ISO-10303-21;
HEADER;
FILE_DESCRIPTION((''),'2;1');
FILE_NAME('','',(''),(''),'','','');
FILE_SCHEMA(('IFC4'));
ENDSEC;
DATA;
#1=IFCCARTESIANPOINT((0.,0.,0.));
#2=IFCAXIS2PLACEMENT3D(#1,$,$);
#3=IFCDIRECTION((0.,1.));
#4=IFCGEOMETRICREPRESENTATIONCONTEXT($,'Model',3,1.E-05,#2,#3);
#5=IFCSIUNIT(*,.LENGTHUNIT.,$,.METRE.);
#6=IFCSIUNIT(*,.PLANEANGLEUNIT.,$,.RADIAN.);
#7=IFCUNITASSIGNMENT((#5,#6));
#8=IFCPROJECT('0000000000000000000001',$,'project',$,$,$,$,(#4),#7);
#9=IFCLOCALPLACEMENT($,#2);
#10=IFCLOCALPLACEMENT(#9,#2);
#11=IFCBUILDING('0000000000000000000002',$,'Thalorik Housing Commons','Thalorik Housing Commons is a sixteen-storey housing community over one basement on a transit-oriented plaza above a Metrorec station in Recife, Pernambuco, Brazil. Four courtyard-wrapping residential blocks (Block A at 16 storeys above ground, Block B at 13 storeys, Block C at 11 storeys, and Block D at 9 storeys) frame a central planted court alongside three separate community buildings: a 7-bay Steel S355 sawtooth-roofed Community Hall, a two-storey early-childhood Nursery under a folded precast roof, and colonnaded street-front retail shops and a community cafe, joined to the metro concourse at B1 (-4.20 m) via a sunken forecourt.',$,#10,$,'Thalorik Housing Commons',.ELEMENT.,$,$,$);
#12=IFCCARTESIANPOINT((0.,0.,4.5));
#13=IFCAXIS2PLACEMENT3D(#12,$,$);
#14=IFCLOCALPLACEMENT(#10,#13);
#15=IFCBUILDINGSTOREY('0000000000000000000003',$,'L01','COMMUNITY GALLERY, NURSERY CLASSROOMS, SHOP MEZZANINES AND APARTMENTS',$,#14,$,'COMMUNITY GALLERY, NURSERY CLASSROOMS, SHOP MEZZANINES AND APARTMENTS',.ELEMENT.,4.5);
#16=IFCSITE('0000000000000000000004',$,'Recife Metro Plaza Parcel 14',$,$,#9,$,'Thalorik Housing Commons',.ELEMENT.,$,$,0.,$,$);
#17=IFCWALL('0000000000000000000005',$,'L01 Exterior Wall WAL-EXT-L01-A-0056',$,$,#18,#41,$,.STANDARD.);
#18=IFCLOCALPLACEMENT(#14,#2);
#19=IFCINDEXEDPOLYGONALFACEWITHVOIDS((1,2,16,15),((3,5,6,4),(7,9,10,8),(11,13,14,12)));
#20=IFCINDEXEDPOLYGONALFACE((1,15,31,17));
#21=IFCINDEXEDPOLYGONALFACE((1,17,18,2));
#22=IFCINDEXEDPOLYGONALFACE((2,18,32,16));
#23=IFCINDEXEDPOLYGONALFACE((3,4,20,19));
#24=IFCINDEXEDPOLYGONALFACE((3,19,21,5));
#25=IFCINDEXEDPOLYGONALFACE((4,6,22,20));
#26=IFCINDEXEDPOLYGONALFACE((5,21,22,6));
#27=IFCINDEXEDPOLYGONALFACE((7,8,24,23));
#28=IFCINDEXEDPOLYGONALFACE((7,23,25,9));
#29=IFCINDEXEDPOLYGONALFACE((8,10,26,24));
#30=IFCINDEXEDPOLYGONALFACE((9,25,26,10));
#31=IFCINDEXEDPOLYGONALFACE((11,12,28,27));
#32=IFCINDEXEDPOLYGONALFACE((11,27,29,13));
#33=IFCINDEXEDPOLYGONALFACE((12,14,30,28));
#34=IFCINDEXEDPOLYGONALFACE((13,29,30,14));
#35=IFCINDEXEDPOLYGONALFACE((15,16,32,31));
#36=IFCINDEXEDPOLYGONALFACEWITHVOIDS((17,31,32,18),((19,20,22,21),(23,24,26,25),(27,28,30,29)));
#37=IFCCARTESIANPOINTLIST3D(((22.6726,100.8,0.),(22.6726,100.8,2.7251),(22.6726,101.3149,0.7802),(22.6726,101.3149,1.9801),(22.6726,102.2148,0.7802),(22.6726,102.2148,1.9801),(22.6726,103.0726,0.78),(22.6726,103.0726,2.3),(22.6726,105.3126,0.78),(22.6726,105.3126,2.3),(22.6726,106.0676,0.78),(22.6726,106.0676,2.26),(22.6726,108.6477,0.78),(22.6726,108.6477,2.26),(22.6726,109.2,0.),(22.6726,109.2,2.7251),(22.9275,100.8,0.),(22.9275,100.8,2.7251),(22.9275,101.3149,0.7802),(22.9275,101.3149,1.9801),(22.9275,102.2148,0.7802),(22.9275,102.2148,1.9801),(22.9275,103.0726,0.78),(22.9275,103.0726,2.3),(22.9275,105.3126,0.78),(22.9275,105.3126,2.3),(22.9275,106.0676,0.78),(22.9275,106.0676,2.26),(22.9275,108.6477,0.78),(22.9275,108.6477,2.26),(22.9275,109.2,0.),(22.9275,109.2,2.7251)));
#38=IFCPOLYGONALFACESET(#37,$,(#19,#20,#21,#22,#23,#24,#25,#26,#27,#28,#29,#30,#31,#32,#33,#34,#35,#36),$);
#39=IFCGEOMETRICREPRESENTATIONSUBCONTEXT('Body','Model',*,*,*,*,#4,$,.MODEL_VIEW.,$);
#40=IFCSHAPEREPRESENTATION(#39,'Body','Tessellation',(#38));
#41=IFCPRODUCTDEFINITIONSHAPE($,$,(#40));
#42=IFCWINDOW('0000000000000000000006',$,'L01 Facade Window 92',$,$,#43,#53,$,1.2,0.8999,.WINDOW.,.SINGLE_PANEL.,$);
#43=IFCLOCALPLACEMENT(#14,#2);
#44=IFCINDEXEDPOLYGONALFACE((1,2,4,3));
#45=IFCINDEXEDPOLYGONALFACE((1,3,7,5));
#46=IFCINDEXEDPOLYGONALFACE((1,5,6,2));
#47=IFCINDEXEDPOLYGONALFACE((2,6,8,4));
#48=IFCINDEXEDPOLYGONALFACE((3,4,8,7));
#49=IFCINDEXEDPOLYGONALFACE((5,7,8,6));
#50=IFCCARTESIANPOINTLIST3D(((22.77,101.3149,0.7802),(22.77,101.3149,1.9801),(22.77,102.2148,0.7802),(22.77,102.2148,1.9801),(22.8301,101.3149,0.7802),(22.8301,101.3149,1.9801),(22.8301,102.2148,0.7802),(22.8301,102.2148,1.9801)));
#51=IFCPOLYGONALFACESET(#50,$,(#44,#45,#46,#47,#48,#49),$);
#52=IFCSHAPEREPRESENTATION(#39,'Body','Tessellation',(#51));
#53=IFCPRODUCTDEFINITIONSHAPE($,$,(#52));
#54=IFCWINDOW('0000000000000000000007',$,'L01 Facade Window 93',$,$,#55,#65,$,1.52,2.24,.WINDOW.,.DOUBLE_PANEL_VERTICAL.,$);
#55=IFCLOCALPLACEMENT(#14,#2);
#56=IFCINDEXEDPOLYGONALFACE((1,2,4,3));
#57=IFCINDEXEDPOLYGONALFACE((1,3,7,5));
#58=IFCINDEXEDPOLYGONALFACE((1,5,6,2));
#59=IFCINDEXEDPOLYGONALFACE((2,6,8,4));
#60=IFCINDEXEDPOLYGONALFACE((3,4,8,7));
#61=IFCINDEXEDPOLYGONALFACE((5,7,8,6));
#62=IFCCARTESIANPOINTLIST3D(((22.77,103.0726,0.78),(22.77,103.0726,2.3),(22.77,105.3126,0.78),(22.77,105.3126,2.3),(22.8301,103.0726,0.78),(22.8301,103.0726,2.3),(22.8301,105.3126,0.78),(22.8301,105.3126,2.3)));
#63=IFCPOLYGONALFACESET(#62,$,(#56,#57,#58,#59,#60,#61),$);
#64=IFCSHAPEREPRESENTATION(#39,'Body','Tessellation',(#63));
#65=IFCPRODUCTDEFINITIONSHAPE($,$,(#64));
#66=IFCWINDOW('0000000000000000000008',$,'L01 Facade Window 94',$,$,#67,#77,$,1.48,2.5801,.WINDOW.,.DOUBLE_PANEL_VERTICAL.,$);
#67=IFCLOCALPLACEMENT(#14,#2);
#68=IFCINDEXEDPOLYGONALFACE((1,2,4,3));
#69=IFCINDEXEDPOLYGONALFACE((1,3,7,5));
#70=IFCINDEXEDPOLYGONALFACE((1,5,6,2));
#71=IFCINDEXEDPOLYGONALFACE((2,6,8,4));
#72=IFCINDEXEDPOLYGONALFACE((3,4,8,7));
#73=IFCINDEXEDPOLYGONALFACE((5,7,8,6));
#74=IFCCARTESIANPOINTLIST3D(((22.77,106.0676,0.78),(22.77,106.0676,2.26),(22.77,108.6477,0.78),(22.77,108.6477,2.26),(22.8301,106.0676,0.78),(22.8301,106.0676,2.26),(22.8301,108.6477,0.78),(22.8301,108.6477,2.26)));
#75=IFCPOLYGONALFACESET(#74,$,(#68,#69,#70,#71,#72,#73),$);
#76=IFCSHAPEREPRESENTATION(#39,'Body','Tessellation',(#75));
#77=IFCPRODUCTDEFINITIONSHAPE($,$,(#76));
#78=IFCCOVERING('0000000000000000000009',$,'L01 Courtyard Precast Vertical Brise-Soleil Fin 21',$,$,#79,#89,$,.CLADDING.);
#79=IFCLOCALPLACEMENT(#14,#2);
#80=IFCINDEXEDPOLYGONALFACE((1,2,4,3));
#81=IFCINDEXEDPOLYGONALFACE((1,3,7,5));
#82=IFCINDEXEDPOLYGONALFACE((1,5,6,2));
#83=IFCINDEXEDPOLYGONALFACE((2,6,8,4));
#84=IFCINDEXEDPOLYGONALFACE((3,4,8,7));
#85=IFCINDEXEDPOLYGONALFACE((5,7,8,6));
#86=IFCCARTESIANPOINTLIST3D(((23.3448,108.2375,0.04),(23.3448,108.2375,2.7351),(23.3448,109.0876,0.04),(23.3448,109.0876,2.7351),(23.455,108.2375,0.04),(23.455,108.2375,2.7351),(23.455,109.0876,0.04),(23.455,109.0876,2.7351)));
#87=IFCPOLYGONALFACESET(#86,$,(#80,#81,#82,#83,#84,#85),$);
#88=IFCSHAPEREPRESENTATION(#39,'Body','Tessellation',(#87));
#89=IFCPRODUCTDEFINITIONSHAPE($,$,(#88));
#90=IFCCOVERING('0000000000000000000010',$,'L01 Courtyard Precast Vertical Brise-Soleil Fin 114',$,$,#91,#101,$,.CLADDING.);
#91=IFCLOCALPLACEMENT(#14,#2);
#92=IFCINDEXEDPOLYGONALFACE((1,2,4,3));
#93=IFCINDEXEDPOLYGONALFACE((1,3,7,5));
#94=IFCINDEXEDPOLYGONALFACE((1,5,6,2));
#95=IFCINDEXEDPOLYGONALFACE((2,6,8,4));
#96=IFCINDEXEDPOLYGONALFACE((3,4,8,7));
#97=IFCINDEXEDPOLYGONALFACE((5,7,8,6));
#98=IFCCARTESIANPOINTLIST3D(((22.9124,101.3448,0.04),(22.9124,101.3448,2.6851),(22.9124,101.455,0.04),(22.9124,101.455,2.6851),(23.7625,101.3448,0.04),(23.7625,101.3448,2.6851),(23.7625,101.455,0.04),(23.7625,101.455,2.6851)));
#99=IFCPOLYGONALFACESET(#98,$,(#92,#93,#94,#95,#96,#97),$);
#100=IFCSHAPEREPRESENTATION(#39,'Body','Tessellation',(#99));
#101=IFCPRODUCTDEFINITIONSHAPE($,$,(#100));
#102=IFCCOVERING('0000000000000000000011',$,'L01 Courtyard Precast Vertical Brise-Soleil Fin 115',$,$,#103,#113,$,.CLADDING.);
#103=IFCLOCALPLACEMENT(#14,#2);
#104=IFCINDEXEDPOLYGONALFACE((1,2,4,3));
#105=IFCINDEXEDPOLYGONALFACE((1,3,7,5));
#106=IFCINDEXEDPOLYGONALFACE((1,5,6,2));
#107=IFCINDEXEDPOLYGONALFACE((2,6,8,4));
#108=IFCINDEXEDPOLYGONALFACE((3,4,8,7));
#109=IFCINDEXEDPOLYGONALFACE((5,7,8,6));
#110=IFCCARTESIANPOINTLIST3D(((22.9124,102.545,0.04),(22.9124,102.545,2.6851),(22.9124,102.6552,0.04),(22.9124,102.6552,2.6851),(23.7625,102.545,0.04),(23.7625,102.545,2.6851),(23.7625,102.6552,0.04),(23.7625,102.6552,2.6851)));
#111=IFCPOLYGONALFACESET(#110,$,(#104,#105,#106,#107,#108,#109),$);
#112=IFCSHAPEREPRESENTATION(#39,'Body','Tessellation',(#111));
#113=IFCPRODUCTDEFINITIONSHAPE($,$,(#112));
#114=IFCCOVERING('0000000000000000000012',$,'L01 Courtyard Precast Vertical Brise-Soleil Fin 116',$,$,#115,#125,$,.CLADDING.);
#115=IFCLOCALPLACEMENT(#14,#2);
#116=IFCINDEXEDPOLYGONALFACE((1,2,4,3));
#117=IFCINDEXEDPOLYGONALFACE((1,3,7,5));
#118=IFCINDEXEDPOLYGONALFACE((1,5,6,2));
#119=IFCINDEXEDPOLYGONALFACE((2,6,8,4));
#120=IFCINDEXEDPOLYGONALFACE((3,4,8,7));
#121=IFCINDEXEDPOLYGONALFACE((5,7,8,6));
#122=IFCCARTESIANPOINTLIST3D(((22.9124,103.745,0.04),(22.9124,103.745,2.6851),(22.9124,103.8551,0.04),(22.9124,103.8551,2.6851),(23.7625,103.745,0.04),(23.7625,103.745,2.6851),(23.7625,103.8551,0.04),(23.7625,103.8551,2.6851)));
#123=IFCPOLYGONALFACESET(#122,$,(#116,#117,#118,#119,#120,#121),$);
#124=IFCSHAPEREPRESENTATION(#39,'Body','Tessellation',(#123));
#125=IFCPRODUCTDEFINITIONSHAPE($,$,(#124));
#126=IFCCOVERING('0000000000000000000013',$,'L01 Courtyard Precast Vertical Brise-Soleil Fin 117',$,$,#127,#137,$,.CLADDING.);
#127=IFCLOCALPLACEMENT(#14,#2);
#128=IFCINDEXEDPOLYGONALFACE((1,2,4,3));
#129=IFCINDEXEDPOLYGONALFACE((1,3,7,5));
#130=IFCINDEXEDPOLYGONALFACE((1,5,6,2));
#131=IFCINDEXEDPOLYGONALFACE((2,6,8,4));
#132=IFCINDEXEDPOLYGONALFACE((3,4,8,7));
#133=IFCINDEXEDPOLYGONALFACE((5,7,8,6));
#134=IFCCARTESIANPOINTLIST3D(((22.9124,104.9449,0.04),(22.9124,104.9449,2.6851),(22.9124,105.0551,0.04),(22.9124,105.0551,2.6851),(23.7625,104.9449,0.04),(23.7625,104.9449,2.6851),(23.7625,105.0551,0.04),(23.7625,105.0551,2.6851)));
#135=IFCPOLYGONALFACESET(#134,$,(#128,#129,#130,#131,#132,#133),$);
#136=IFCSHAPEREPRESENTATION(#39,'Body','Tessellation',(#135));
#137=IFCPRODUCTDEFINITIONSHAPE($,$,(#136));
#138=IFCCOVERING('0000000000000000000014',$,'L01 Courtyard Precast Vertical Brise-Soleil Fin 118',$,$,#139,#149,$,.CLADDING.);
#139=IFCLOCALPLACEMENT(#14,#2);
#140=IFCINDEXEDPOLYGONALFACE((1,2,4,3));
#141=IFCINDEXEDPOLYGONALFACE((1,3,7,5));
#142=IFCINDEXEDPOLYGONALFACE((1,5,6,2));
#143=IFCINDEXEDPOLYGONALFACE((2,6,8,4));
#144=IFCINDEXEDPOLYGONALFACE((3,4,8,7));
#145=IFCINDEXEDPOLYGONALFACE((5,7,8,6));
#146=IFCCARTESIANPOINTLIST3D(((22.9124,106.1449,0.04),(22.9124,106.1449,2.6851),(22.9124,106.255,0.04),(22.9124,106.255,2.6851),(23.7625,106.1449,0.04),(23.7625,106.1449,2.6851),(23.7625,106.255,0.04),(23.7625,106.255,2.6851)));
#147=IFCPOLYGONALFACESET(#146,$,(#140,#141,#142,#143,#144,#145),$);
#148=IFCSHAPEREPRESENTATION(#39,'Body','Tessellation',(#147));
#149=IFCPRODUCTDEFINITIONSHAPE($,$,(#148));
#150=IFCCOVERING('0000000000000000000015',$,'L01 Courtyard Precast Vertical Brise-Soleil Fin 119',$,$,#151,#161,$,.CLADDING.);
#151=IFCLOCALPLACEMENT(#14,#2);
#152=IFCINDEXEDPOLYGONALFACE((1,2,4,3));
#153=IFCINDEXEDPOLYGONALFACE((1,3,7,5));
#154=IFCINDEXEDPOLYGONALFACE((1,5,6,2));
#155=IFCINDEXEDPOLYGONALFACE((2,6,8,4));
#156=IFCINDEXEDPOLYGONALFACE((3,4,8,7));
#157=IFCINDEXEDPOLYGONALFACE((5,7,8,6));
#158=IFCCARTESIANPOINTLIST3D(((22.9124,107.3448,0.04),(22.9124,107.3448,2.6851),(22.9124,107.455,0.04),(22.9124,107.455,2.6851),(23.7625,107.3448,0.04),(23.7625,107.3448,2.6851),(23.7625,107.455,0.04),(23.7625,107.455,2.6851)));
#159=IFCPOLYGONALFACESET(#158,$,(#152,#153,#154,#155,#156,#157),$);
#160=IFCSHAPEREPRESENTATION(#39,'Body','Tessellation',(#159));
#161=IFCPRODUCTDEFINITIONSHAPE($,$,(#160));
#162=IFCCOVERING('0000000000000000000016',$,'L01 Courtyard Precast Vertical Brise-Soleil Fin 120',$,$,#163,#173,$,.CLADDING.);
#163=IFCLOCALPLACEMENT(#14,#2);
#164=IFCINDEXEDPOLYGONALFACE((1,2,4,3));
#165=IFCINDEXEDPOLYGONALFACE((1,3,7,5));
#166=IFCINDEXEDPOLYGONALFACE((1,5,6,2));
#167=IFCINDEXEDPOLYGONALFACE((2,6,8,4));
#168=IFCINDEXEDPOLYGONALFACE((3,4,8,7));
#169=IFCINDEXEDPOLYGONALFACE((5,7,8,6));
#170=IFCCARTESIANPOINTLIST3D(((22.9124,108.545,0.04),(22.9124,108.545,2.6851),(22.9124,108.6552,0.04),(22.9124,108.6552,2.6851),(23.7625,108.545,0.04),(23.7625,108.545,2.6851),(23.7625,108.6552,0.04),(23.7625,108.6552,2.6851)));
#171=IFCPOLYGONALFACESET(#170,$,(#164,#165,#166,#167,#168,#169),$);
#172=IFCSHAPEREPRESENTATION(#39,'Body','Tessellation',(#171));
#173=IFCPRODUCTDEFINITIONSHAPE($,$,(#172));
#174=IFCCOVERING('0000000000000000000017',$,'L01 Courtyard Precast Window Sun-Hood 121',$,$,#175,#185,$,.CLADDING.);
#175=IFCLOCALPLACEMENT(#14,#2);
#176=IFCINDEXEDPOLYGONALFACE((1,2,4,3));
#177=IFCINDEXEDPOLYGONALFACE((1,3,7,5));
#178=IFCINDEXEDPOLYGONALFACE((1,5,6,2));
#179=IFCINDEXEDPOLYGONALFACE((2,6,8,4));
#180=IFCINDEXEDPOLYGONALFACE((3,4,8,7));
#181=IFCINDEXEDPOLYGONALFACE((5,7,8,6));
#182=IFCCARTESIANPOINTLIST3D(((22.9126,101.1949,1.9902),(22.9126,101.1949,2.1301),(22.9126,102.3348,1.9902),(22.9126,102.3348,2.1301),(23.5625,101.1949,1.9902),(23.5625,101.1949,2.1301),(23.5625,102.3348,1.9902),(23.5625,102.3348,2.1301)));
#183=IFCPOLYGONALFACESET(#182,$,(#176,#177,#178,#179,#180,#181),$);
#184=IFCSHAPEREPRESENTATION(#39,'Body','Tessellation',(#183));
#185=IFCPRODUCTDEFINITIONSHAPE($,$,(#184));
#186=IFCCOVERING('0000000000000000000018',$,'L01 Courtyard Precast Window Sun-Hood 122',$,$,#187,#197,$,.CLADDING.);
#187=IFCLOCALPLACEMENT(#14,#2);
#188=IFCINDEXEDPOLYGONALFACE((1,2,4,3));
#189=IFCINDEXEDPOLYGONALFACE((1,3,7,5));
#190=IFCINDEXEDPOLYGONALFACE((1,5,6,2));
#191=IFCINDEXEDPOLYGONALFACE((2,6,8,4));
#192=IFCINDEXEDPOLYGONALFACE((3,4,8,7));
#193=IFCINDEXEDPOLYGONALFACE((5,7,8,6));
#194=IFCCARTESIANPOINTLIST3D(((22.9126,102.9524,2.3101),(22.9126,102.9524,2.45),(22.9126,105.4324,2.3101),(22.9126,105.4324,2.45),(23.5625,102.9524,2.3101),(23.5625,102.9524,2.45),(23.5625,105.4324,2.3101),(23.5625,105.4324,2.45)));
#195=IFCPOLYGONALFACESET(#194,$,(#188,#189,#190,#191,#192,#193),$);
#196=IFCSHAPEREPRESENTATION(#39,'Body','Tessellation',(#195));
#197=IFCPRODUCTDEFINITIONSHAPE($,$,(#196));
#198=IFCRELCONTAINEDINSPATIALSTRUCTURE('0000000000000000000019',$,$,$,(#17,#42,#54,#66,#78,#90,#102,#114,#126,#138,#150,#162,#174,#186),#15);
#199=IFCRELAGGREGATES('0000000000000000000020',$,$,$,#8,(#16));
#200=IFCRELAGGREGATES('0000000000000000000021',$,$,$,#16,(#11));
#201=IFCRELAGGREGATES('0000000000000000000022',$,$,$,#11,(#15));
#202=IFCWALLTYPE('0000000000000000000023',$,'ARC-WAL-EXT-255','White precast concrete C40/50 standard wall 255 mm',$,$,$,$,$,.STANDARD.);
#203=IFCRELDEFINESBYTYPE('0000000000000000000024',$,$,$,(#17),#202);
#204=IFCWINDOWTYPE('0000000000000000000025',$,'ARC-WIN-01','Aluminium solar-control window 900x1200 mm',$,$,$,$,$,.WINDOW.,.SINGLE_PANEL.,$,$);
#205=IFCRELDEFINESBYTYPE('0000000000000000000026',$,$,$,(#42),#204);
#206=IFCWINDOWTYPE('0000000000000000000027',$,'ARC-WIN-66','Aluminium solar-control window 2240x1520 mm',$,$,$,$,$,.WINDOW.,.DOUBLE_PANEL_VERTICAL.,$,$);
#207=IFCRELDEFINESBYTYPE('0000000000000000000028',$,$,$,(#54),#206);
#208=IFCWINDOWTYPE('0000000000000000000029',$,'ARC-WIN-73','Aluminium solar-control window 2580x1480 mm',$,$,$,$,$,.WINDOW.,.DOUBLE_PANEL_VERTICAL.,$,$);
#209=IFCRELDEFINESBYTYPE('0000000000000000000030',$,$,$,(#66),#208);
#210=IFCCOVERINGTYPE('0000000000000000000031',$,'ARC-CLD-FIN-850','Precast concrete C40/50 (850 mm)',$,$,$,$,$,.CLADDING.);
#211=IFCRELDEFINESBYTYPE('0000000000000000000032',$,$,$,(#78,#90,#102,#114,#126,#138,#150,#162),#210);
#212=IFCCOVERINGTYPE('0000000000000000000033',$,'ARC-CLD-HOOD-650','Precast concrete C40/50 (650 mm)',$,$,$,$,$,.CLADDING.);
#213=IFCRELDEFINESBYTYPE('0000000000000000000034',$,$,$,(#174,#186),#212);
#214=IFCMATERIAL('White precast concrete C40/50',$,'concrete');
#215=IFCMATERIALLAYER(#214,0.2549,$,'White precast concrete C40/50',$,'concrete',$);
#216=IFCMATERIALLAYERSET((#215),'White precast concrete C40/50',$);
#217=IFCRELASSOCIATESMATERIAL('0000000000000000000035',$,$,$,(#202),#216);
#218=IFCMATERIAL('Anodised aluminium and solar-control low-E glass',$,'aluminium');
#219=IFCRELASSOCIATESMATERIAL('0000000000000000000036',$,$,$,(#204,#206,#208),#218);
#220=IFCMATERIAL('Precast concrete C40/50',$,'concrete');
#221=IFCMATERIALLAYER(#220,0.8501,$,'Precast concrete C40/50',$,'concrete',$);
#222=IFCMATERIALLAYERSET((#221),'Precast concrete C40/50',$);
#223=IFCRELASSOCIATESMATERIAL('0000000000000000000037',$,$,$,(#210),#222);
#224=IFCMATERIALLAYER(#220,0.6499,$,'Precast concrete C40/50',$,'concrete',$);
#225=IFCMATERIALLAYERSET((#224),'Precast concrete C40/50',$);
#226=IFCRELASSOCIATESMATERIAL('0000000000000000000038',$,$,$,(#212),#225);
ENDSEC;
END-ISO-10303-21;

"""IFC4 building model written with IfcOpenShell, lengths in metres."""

from ifc_helpers import new_model, si_unit, direction, frame, frame_2d, origin, origin_2d, place, context, subcontext, project, spatial, rectangle, extrude, material, layer, layer_set, type_object, element, fill, save


model = new_model("IFC4")

# Units and contexts
model_context = context("Model", 3, precision=1e-05, world=origin(), true_north=direction((0.0, 1.0)))
body_context = subcontext(model_context, "Body", "Model", "MODEL_VIEW")
ifc_project = project(units=[si_unit("LENGTHUNIT", "METRE"), si_unit("PLANEANGLEUNIT", "RADIAN")], contexts=[model_context])

# Site, building, storey
site_placement = place(None, origin())
site = spatial("IfcSite", under=ifc_project, at=site_placement, Name="Recife Metro Plaza Parcel 14", LongName="Thalorik Housing Commons", CompositionType="ELEMENT", RefElevation=0.0)
building_placement = place(site_placement, origin())
building = spatial("IfcBuilding", under=site, at=building_placement, Name="Thalorik Housing Commons", Description="Thalorik Housing Commons is a sixteen-storey housing community over one basement on a transit-oriented plaza above a Metrorec station in Recife, Pernambuco, Brazil. Four courtyard-wrapping residential blocks (Block A at 16 storeys above ground, Block B at 13 storeys, Block C at 11 storeys, and Block D at 9 storeys) frame a central planted court alongside three separate community buildings: a 7-bay Steel S355 sawtooth-roofed Community Hall, a two-storey early-childhood Nursery under a folded precast roof, and colonnaded street-front retail shops and a community cafe, joined to the metro concourse at B1 (-4.20 m) via a sunken forecourt.", LongName="Thalorik Housing Commons", CompositionType="ELEMENT")
storey_placement = place(building_placement, frame((0.0, 0.0, 4.5)))
storey = spatial("IfcBuildingStorey", under=building, at=storey_placement, Name="L01", Description="COMMUNITY GALLERY, NURSERY CLASSROOMS, SHOP MEZZANINES AND APARTMENTS", LongName="COMMUNITY GALLERY, NURSERY CLASSROOMS, SHOP MEZZANINES AND APARTMENTS", CompositionType="ELEMENT", Elevation=4.5)

# Shared definitions
ifc_material_1 = material(Name="Precast concrete C40/50", Category="concrete")

# Wall, openings, windows
ifc_material_2 = material(Name="White precast concrete C40/50", Category="concrete")
ifc_layer_1 = layer(ifc_material_2, 0.2549, Name="White precast concrete C40/50", Category="concrete")
ifc_layer_set_1 = layer_set([ifc_layer_1], Name="White precast concrete C40/50")
wall_type = type_object("IfcWallType", Name="ARC-WAL-EXT-255", Description="White precast concrete C40/50 standard wall 255 mm", PredefinedType="STANDARD", material=ifc_layer_set_1)
ifc_material_3 = material(Name="Anodised aluminium and solar-control low-E glass", Category="aluminium")
wall_1_placement = place(storey_placement, frame((22.8, 100.8, 0.0), z_axis=(0.0, 0.0, 1.0), x_axis=(0.0, 1.0, 0.0)))
wall_1 = element("IfcWall", 1, at=wall_1_placement, inside=storey, type_object=wall_type, Name="L01 Exterior Wall WAL-EXT-L01-A-0056", PredefinedType="STANDARD", context=body_context, shape_type="SweptSolid", body=[
    extrude(rectangle(XDim=8.3999, YDim=0.2549, at=frame_2d((4.2, 0.0))), origin(), (0.0, 0.0, 1.0), 2.7251),
])
opening_1_placement = place(wall_1_placement, frame((0.5149, 0.0, 0.78)))
opening_1 = element("IfcOpeningElement", 2, at=opening_1_placement, cuts=wall_1, PredefinedType="OPENING", context=body_context, shape_type="SweptSolid", body=[
    extrude(rectangle(XDim=0.8999, YDim=1.2, at=frame_2d((0.45, 0.6001))), frame((0.0, 0.1375, 0.0), z_axis=(0.0, -1.0, 0.0), x_axis=(1.0, 0.0, 0.0)), (0.0, 0.0, 1.0), 0.2749),
])
opening_2_placement = place(wall_1_placement, frame((2.2725, 0.0, 0.78)))
opening_2 = element("IfcOpeningElement", 3, at=opening_2_placement, cuts=wall_1, PredefinedType="OPENING", context=body_context, shape_type="SweptSolid", body=[
    extrude(rectangle(XDim=2.24, YDim=1.52, at=frame_2d((1.1201, 0.76))), frame((0.0, 0.1375, 0.0), z_axis=(0.0, -1.0, 0.0), x_axis=(1.0, 0.0, 0.0)), (0.0, 0.0, 1.0), 0.2749),
])
opening_3_placement = place(wall_1_placement, frame((5.2676, 0.0, 0.78)))
opening_3 = element("IfcOpeningElement", 4, at=opening_3_placement, cuts=wall_1, PredefinedType="OPENING", context=body_context, shape_type="SweptSolid", body=[
    extrude(rectangle(XDim=2.5801, YDim=1.48, at=frame_2d((1.29, 0.74))), frame((0.0, 0.1375, 0.0), z_axis=(0.0, -1.0, 0.0), x_axis=(1.0, 0.0, 0.0)), (0.0, 0.0, 1.0), 0.2749),
])
window_type_1 = type_object("IfcWindowType", Name="ARC-WIN-01", Description="Aluminium solar-control window 900x1200 mm", PartitioningType="SINGLE_PANEL", PredefinedType="WINDOW", material=ifc_material_3)
window_1_placement = place(opening_1_placement, origin())
window_1 = element("IfcWindow", 5, at=window_1_placement, inside=storey, type_object=window_type_1, Name="L01 Facade Window 92", OverallHeight=1.2, OverallWidth=0.8999, PartitioningType="SINGLE_PANEL", PredefinedType="WINDOW", context=body_context, shape_type="SweptSolid", body=[
    extrude(rectangle(XDim=0.8999, YDim=1.2, at=frame_2d((0.45, 0.6001))), frame((0.0, 0.03, 0.0), z_axis=(0.0, -1.0, 0.0), x_axis=(1.0, 0.0, 0.0)), (0.0, 0.0, 1.0), 0.0601),
])
fill(opening_1, window_1)
window_type_2 = type_object("IfcWindowType", Name="ARC-WIN-66", Description="Aluminium solar-control window 2240x1520 mm", PartitioningType="DOUBLE_PANEL_VERTICAL", PredefinedType="WINDOW", material=ifc_material_3)
window_2_placement = place(opening_2_placement, origin())
window_2 = element("IfcWindow", 6, at=window_2_placement, inside=storey, type_object=window_type_2, Name="L01 Facade Window 93", OverallHeight=1.52, OverallWidth=2.24, PartitioningType="DOUBLE_PANEL_VERTICAL", PredefinedType="WINDOW", context=body_context, shape_type="SweptSolid", body=[
    extrude(rectangle(XDim=2.24, YDim=1.52, at=frame_2d((1.1201, 0.76))), frame((0.0, 0.03, 0.0), z_axis=(0.0, -1.0, 0.0), x_axis=(1.0, 0.0, 0.0)), (0.0, 0.0, 1.0), 0.0601),
])
fill(opening_2, window_2)
window_type_3 = type_object("IfcWindowType", Name="ARC-WIN-73", Description="Aluminium solar-control window 2580x1480 mm", PartitioningType="DOUBLE_PANEL_VERTICAL", PredefinedType="WINDOW", material=ifc_material_3)
window_3_placement = place(opening_3_placement, origin())
window_3 = element("IfcWindow", 7, at=window_3_placement, inside=storey, type_object=window_type_3, Name="L01 Facade Window 94", OverallHeight=1.48, OverallWidth=2.5801, PartitioningType="DOUBLE_PANEL_VERTICAL", PredefinedType="WINDOW", context=body_context, shape_type="SweptSolid", body=[
    extrude(rectangle(XDim=2.5801, YDim=1.48, at=frame_2d((1.29, 0.74))), frame((0.0, 0.03, 0.0), z_axis=(0.0, -1.0, 0.0), x_axis=(1.0, 0.0, 0.0)), (0.0, 0.0, 1.0), 0.0601),
])
fill(opening_3, window_3)

# Coverings
ifc_layer_2 = layer(ifc_material_1, 0.8501, Name="Precast concrete C40/50", Category="concrete")
ifc_layer_set_2 = layer_set([ifc_layer_2], Name="Precast concrete C40/50")
covering_type_1 = type_object("IfcCoveringType", Name="ARC-CLD-FIN-850", Description="Precast concrete C40/50 (850 mm)", PredefinedType="CLADDING", material=ifc_layer_set_2)
covering_1_placement = place(storey_placement, frame((23.3999, 108.6626, 0.04), z_axis=(0.0, 0.0, 1.0), x_axis=(1.0, 0.0, 0.0)))
element("IfcCovering", 8, at=covering_1_placement, inside=storey, type_object=covering_type_1, Name="L01 Courtyard Precast Vertical Brise-Soleil Fin 21", PredefinedType="CLADDING", context=body_context, shape_type="SweptSolid", body=[
    extrude(rectangle(XDim=0.1101, YDim=0.8501, at=origin_2d()), origin(), (0.0, 0.0, 1.0), 2.6951),
])
for number, where, z_axis, x_axis, name in (
    (9, (23.3374, 101.3999, 0.04), (0.0, 0.0, 1.0), (0.0, 1.0, 0.0), "L01 Courtyard Precast Vertical Brise-Soleil Fin 114"),
    (10, (23.3374, 102.6001, 0.04), (0.0, 0.0, 1.0), (0.0, 1.0, 0.0), "L01 Courtyard Precast Vertical Brise-Soleil Fin 115"),
    (11, (23.3374, 103.8, 0.04), (0.0, 0.0, 1.0), (0.0, 1.0, 0.0), "L01 Courtyard Precast Vertical Brise-Soleil Fin 116"),
    (12, (23.3374, 105.0, 0.04), (0.0, 0.0, 1.0), (0.0, 1.0, 0.0), "L01 Courtyard Precast Vertical Brise-Soleil Fin 117"),
    (13, (23.3374, 106.2, 0.04), (0.0, 0.0, 1.0), (0.0, 1.0, 0.0), "L01 Courtyard Precast Vertical Brise-Soleil Fin 118"),
    (14, (23.3374, 107.3999, 0.04), (0.0, 0.0, 1.0), (0.0, 1.0, 0.0), "L01 Courtyard Precast Vertical Brise-Soleil Fin 119"),
    (15, (23.3374, 108.6001, 0.04), (0.0, 0.0, 1.0), (0.0, 1.0, 0.0), "L01 Courtyard Precast Vertical Brise-Soleil Fin 120"),
):
    element("IfcCovering", number, at=place(storey_placement, frame(where, z_axis=z_axis, x_axis=x_axis)), inside=storey, type_object=covering_type_1, Name=name, PredefinedType="CLADDING", context=body_context, shape_type="SweptSolid", body=[
        extrude(rectangle(XDim=0.1101, YDim=0.8501, at=origin_2d()), origin(), (0.0, 0.0, 1.0), 2.645),
    ])
ifc_layer_3 = layer(ifc_material_1, 0.6499, Name="Precast concrete C40/50", Category="concrete")
ifc_layer_set_3 = layer_set([ifc_layer_3], Name="Precast concrete C40/50")
covering_type_2 = type_object("IfcCoveringType", Name="ARC-CLD-HOOD-650", Description="Precast concrete C40/50 (650 mm)", PredefinedType="CLADDING", material=ifc_layer_set_3)
covering_2_placement = place(storey_placement, frame((23.2375, 101.7649, 1.9902), z_axis=(0.0, 0.0, 1.0), x_axis=(0.0, 1.0, 0.0)))
element("IfcCovering", 16, at=covering_2_placement, inside=storey, type_object=covering_type_2, Name="L01 Courtyard Precast Window Sun-Hood 121", PredefinedType="CLADDING", context=body_context, shape_type="SweptSolid", body=[
    extrude(rectangle(XDim=1.1399, YDim=0.6499, at=origin_2d()), origin(), (0.0, 0.0, 1.0), 0.1399),
])
covering_3_placement = place(storey_placement, frame((23.2375, 104.1924, 2.3101), z_axis=(0.0, 0.0, 1.0), x_axis=(0.0, 1.0, 0.0)))
element("IfcCovering", 17, at=covering_3_placement, inside=storey, type_object=covering_type_2, Name="L01 Courtyard Precast Window Sun-Hood 122", PredefinedType="CLADDING", context=body_context, shape_type="SweptSolid", body=[
    extrude(rectangle(XDim=2.48, YDim=0.6499, at=origin_2d()), origin(), (0.0, 0.0, 1.0), 0.1399),
])

save(model, "model.ifc")
